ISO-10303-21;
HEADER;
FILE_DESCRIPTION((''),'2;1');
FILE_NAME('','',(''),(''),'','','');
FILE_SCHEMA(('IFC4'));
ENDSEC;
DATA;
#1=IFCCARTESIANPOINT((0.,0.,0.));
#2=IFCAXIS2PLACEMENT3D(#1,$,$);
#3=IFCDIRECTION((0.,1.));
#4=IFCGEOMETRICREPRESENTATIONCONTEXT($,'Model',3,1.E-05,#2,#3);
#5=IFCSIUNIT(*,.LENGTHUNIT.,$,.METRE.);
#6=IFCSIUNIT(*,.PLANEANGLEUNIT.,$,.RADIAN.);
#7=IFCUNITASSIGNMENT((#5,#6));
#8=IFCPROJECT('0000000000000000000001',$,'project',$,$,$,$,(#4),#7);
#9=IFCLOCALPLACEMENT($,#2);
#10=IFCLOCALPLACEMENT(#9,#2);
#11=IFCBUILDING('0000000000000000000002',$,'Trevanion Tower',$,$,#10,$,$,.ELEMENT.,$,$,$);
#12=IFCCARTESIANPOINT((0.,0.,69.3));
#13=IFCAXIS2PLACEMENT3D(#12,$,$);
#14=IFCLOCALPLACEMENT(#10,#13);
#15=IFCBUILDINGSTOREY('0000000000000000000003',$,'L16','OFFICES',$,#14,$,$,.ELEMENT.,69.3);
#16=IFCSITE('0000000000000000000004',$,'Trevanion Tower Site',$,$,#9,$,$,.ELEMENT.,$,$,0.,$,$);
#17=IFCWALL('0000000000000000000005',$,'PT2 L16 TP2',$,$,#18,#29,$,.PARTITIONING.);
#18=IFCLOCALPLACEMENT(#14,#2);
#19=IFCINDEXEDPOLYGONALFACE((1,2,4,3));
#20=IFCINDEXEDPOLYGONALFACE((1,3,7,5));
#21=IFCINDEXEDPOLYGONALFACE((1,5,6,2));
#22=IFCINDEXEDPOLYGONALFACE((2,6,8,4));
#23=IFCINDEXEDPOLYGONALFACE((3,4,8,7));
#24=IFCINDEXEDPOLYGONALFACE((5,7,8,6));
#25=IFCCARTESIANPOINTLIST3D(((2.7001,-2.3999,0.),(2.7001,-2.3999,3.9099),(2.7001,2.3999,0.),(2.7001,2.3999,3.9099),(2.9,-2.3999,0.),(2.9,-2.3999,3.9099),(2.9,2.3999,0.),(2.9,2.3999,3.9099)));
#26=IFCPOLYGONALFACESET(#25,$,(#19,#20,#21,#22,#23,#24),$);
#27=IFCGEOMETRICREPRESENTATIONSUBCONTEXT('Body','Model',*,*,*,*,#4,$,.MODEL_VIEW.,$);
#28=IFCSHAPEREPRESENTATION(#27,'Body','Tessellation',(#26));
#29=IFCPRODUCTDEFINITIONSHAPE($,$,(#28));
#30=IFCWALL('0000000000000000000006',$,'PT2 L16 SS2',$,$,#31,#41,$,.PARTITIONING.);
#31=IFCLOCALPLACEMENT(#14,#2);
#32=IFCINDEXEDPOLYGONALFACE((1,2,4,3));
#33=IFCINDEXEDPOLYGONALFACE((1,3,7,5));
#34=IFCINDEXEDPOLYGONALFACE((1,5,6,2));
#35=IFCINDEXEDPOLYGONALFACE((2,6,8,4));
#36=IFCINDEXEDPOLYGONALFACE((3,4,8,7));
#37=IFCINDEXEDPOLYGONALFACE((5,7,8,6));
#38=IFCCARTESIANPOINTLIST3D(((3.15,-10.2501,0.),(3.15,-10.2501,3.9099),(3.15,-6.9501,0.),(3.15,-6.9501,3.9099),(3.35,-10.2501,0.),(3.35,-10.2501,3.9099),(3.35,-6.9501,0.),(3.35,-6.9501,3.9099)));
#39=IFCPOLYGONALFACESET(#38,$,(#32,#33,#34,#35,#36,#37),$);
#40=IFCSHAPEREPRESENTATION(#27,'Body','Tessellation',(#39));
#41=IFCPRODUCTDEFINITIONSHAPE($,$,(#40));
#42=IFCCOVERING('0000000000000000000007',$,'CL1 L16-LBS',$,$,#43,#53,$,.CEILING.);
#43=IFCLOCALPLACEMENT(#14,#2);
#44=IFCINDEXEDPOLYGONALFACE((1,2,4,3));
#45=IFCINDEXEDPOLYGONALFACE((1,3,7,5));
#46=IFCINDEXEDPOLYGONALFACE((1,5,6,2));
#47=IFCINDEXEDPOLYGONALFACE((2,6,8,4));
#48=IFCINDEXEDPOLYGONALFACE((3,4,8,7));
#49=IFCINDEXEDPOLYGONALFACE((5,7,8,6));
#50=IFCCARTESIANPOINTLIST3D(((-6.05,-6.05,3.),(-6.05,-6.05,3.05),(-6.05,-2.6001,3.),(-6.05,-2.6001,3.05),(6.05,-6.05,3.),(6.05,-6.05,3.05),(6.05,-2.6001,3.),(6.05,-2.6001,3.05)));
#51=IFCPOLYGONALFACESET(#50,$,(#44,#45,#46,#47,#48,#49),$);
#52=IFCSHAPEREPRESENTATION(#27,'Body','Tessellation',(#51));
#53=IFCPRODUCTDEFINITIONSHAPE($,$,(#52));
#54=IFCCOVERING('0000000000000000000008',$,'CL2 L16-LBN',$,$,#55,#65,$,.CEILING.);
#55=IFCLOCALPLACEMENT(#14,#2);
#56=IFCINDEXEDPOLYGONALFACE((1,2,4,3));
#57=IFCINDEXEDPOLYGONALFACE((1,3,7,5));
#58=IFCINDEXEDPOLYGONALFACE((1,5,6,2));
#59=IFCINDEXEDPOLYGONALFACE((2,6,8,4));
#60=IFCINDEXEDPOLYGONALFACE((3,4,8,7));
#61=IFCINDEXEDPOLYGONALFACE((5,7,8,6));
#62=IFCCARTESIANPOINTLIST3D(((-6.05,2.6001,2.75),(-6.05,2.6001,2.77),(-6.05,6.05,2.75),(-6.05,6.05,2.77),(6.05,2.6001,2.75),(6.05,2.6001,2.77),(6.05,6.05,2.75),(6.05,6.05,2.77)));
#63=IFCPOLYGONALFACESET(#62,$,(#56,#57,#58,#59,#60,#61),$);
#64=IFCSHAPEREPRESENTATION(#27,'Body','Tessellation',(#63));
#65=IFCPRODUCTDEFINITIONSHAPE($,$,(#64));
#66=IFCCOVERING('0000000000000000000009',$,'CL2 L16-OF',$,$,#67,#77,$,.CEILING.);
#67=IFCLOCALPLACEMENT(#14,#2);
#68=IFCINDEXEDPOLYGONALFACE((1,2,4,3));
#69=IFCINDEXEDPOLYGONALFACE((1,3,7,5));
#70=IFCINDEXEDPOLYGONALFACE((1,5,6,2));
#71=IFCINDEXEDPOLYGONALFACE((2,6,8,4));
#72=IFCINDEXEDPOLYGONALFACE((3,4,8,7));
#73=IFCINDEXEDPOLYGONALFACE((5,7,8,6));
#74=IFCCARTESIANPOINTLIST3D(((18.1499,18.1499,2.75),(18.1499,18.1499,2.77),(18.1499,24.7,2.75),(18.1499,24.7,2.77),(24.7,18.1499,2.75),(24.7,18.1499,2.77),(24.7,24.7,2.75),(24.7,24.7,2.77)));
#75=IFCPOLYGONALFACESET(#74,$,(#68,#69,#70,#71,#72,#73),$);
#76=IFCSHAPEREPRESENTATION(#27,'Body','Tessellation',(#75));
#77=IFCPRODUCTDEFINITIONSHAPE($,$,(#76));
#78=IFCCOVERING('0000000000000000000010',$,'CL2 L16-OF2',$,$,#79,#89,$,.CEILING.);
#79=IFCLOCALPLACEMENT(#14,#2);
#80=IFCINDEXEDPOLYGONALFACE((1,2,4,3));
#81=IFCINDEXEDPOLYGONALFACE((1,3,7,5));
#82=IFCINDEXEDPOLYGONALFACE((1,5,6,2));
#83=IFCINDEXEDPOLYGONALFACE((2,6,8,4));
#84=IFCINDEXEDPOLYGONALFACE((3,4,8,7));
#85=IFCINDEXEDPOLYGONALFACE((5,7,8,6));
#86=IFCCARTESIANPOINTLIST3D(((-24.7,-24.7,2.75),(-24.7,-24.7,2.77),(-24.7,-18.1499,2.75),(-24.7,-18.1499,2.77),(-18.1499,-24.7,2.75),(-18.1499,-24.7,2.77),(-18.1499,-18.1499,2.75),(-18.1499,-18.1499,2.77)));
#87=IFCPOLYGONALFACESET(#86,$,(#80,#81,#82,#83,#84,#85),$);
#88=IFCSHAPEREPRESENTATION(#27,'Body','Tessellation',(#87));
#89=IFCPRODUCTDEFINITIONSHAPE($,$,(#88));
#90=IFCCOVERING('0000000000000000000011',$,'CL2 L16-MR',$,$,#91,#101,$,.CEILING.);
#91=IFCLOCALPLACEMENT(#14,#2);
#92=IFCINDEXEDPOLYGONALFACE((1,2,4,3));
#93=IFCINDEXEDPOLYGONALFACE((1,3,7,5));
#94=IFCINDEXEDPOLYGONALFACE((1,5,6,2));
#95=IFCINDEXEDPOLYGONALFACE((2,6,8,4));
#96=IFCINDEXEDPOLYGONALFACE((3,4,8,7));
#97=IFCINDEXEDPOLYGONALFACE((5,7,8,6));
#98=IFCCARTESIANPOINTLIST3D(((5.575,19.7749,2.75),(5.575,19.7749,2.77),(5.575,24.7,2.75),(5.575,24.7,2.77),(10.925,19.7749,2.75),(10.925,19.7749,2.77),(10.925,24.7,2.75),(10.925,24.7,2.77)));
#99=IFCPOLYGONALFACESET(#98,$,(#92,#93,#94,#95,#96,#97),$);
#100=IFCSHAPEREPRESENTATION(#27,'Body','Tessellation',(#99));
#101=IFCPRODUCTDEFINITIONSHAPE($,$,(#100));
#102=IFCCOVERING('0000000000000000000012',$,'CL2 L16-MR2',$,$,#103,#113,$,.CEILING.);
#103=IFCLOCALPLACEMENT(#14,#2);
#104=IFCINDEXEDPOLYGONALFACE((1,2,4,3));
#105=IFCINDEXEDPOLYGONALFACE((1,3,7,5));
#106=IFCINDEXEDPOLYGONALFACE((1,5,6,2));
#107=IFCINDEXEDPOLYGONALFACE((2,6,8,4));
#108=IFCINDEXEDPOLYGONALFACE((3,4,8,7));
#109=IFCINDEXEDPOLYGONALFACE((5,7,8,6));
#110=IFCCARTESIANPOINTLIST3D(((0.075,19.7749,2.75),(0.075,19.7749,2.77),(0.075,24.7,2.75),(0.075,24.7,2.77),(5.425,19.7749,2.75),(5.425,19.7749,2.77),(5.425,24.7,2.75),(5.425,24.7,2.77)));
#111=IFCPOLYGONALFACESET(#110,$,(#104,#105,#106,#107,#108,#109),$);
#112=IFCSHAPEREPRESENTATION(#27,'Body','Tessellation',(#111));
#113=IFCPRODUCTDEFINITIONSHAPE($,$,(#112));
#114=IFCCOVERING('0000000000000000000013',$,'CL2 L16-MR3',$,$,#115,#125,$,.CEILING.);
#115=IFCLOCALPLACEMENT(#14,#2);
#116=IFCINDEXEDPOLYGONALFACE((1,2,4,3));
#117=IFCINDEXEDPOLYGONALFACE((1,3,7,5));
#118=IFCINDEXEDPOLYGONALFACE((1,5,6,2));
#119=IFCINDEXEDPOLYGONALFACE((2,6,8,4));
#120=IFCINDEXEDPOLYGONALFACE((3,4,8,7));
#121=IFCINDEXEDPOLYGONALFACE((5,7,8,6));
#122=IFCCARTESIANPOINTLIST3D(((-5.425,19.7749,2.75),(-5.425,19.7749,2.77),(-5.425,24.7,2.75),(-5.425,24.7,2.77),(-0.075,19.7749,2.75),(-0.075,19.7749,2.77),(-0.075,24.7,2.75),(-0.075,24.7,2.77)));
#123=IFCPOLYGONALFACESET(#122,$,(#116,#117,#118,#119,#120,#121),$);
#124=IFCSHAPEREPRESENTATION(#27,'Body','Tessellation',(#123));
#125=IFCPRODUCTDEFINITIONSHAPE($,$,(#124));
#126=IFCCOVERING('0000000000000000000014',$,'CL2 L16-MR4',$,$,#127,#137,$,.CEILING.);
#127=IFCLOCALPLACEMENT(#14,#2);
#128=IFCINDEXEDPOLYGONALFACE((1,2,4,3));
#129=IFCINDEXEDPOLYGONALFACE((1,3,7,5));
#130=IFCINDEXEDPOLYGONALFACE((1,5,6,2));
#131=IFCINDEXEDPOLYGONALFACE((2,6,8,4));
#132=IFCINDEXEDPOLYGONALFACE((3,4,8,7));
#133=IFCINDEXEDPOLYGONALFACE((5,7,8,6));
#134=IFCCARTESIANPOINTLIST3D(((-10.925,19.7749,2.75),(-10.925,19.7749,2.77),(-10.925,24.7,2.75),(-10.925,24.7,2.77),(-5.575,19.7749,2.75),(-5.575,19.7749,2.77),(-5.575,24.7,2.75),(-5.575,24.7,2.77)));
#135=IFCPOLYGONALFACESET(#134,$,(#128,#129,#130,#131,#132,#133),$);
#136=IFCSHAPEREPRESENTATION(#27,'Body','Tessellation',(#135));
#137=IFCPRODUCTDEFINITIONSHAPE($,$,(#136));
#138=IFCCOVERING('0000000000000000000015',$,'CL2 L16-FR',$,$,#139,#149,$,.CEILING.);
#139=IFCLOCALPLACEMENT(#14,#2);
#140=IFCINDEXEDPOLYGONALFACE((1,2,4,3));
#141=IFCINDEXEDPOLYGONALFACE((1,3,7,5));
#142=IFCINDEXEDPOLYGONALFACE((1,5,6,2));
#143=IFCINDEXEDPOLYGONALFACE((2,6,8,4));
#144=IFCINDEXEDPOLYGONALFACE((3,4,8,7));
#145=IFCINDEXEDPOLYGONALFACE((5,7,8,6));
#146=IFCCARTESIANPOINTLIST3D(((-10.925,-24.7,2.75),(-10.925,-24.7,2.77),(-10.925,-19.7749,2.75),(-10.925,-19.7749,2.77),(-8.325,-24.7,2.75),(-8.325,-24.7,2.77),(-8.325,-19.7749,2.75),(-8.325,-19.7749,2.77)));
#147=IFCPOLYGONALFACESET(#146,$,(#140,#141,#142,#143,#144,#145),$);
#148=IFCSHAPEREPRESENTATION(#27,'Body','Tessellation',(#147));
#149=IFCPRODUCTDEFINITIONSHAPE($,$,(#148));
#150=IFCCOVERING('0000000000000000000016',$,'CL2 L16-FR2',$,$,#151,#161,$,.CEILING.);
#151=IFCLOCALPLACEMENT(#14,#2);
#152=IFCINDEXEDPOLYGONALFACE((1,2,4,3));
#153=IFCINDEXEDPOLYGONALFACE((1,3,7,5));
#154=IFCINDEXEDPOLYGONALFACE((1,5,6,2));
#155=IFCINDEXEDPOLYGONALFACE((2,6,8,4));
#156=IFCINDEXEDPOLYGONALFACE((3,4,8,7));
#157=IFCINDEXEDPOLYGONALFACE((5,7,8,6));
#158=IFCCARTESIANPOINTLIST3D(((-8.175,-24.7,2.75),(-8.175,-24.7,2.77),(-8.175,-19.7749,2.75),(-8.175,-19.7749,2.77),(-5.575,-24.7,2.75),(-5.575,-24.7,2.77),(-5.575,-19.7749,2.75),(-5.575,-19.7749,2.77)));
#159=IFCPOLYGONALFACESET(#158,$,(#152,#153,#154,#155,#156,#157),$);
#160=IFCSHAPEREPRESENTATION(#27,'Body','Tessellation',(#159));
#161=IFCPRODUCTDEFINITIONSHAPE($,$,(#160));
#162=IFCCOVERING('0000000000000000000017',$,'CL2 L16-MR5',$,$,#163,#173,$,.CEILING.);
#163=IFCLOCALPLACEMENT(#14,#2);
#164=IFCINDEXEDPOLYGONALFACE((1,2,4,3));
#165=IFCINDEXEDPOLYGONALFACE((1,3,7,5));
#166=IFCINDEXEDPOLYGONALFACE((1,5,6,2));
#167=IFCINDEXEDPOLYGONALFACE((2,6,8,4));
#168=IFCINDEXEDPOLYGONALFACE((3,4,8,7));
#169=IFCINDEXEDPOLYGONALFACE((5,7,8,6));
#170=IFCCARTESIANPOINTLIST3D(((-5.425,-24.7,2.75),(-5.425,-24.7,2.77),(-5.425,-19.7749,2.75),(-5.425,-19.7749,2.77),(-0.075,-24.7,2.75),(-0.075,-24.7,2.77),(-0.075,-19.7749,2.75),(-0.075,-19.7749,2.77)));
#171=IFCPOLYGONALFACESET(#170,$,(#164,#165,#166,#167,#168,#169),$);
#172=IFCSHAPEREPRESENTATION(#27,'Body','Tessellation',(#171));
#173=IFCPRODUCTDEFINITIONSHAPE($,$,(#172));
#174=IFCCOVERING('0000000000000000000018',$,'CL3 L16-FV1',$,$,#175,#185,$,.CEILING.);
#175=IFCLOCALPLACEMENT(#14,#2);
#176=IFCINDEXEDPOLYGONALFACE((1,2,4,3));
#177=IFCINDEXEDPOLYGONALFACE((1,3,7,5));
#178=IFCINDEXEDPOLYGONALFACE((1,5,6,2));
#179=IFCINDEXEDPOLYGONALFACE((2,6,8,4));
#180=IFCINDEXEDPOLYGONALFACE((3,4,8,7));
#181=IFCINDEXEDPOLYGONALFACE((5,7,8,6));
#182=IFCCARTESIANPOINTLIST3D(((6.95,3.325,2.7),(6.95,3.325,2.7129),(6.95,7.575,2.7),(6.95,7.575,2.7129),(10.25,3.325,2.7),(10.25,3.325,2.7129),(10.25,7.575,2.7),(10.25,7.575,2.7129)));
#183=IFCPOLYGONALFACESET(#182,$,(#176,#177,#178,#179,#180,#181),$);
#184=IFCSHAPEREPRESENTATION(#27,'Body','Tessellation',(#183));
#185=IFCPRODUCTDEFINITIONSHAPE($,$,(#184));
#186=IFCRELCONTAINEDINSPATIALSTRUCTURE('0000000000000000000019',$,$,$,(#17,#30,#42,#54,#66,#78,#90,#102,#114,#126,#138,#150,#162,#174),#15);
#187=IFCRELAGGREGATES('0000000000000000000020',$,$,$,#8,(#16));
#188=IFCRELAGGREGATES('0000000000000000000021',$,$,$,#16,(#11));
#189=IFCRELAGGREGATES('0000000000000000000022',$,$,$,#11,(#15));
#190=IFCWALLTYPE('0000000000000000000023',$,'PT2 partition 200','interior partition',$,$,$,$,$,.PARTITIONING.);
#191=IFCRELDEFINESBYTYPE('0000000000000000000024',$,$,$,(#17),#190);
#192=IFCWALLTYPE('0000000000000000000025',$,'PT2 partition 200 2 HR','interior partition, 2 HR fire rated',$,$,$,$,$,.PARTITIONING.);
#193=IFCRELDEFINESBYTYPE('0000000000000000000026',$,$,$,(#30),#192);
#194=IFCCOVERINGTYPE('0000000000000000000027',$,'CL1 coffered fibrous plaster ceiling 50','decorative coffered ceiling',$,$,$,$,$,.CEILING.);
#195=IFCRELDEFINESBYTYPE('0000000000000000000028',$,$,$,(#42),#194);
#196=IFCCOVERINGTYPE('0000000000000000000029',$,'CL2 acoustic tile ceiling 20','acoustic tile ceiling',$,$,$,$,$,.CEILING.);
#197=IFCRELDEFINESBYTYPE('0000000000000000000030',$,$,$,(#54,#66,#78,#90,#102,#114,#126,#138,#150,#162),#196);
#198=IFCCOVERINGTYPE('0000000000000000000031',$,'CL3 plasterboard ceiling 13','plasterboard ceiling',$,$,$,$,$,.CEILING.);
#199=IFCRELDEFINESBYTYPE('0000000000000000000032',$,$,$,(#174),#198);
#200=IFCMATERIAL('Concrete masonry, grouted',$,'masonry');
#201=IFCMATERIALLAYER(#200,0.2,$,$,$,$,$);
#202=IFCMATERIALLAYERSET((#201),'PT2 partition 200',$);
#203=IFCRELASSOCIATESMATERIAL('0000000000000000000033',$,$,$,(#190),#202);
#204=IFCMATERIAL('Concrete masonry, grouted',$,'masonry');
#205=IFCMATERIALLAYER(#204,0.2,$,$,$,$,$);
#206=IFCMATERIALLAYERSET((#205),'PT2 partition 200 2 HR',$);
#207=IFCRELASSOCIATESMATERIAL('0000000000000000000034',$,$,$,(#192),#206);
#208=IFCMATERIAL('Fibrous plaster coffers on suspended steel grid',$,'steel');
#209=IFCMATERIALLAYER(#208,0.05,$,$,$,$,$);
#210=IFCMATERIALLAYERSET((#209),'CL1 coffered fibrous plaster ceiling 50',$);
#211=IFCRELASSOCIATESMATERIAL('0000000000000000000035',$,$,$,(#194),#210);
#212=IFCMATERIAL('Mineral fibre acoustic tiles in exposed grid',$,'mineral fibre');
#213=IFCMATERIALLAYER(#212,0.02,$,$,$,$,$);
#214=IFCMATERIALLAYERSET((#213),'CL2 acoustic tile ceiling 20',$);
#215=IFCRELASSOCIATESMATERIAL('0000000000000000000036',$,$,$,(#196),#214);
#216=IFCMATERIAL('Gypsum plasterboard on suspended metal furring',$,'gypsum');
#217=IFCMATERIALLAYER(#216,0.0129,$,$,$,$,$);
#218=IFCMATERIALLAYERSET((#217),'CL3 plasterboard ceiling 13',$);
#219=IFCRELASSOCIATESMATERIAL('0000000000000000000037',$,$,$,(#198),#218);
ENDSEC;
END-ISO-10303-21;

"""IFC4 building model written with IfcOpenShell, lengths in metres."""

from ifc_helpers import new_model, si_unit, direction, frame, frame_2d, origin, place, context, subcontext, project, spatial, polyline, rectangle, outline, extrude, material, layer, layer_set, type_object, element, save


model = new_model("IFC4")

# Units and contexts
model_context = context("Model", 3, precision=1e-05, world=origin(), true_north=direction((0.0, 1.0)))
body_context = subcontext(model_context, "Body", "Model", "MODEL_VIEW")
ifc_project = project(units=[si_unit("LENGTHUNIT", "METRE"), si_unit("PLANEANGLEUNIT", "RADIAN")], contexts=[model_context])

# Site, building, storey
site_placement = place(None, origin())
site = spatial("IfcSite", under=ifc_project, at=site_placement, Name="Trevanion Tower Site", CompositionType="ELEMENT", RefElevation=0.0)
building_placement = place(site_placement, origin())
building = spatial("IfcBuilding", under=site, at=building_placement, Name="Trevanion Tower", CompositionType="ELEMENT")
storey_placement = place(building_placement, frame((0.0, 0.0, 69.3)))
storey = spatial("IfcBuildingStorey", under=building, at=storey_placement, Name="L16", Description="OFFICES", CompositionType="ELEMENT", Elevation=69.3)

# Walls
ifc_material_1 = material(Name="Concrete masonry, grouted", Category="masonry")
ifc_layer_1 = layer(ifc_material_1, 0.2)
ifc_layer_set_1 = layer_set([ifc_layer_1], Name="PT2 partition 200")
wall_type_1 = type_object("IfcWallType", Name="PT2 partition 200", Description="interior partition", PredefinedType="PARTITIONING", material=ifc_layer_set_1)
wall_1_placement = place(storey_placement, frame((2.8, -2.3999, 0.0), z_axis=(0.0, 0.0, 1.0), x_axis=(0.0, 1.0, 0.0)))
element("IfcWall", 1, at=wall_1_placement, inside=storey, type_object=wall_type_1, Name="PT2 L16 TP2", PredefinedType="PARTITIONING", context=body_context, shape_type="SweptSolid", body=[
    extrude(rectangle(XDim=4.7998, YDim=0.2, at=frame_2d((2.3999, 0.0))), origin(), (0.0, 0.0, 1.0), 3.9099),
])
ifc_material_2 = material(Name="Concrete masonry, grouted", Category="masonry")
ifc_layer_2 = layer(ifc_material_2, 0.2)
ifc_layer_set_2 = layer_set([ifc_layer_2], Name="PT2 partition 200 2 HR")
wall_type_2 = type_object("IfcWallType", Name="PT2 partition 200 2 HR", Description="interior partition, 2 HR fire rated", PredefinedType="PARTITIONING", material=ifc_layer_set_2)
wall_2_placement = place(storey_placement, frame((3.25, -10.25, 0.0), z_axis=(0.0, 0.0, 1.0), x_axis=(0.0, 1.0, 0.0)))
element("IfcWall", 2, at=wall_2_placement, inside=storey, type_object=wall_type_2, Name="PT2 L16 SS2", PredefinedType="PARTITIONING", context=body_context, shape_type="SweptSolid", body=[
    extrude(rectangle(XDim=3.3, YDim=0.2, at=frame_2d((1.6499, 0.0))), origin(), (0.0, 0.0, 1.0), 3.9099),
])

# Coverings
ifc_material_3 = material(Name="Fibrous plaster coffers on suspended steel grid", Category="steel")
ifc_layer_3 = layer(ifc_material_3, 0.05)
ifc_layer_set_3 = layer_set([ifc_layer_3], Name="CL1 coffered fibrous plaster ceiling 50")
covering_type_1 = type_object("IfcCoveringType", Name="CL1 coffered fibrous plaster ceiling 50", Description="decorative coffered ceiling", PredefinedType="CEILING", material=ifc_layer_set_3)
covering_1_placement = place(storey_placement, frame((0.0, 0.0, 3.0)))
element("IfcCovering", 3, at=covering_1_placement, inside=storey, type_object=covering_type_1, Name="CL1 L16-LBS", PredefinedType="CEILING", context=body_context, shape_type="SweptSolid", body=[
    extrude(outline(polyline([(6.05, -6.05), (6.05, -2.6001), (-6.05, -2.6001), (-6.05, -6.05), (6.05, -6.05)])), origin(), (0.0, 0.0, 1.0), 0.05),
])
ifc_material_4 = material(Name="Mineral fibre acoustic tiles in exposed grid", Category="mineral fibre")
ifc_layer_4 = layer(ifc_material_4, 0.02)
ifc_layer_set_4 = layer_set([ifc_layer_4], Name="CL2 acoustic tile ceiling 20")
covering_type_2 = type_object("IfcCoveringType", Name="CL2 acoustic tile ceiling 20", Description="acoustic tile ceiling", PredefinedType="CEILING", material=ifc_layer_set_4)
covering_2_placement = place(storey_placement, frame((0.0, 0.0, 2.75)))
element("IfcCovering", 4, at=covering_2_placement, inside=storey, type_object=covering_type_2, Name="CL2 L16-LBN", PredefinedType="CEILING", context=body_context, shape_type="SweptSolid", body=[
    extrude(outline(polyline([(6.05, 2.6001), (6.05, 6.05), (-6.05, 6.05), (-6.05, 2.6001), (6.05, 2.6001)])), origin(), (0.0, 0.0, 1.0), 0.02),
])
covering_3_placement = place(storey_placement, frame((0.0, 0.0, 2.75)))
element("IfcCovering", 5, at=covering_3_placement, inside=storey, type_object=covering_type_2, Name="CL2 L16-OF", PredefinedType="CEILING", context=body_context, shape_type="SweptSolid", body=[
    extrude(outline(polyline([(18.1499, 18.1499), (18.1499, 24.7), (24.7, 24.7), (24.7, 18.1499), (18.1499, 18.1499)])), origin(), (0.0, 0.0, 1.0), 0.02),
])
covering_4_placement = place(storey_placement, frame((0.0, 0.0, 2.75)))
element("IfcCovering", 6, at=covering_4_placement, inside=storey, type_object=covering_type_2, Name="CL2 L16-OF2", PredefinedType="CEILING", context=body_context, shape_type="SweptSolid", body=[
    extrude(outline(polyline([(-18.1499, -18.1499), (-18.1499, -24.7), (-24.7, -24.7), (-24.7, -18.1499), (-18.1499, -18.1499)])), origin(), (0.0, 0.0, 1.0), 0.02),
])
covering_5_placement = place(storey_placement, frame((0.0, 0.0, 2.75)))
element("IfcCovering", 7, at=covering_5_placement, inside=storey, type_object=covering_type_2, Name="CL2 L16-MR", PredefinedType="CEILING", context=body_context, shape_type="SweptSolid", body=[
    extrude(outline(polyline([(10.925, 19.7749), (5.575, 19.7749), (5.575, 24.7), (10.925, 24.7), (10.925, 19.7749)])), origin(), (0.0, 0.0, 1.0), 0.02),
])
covering_6_placement = place(storey_placement, frame((0.0, 0.0, 2.75)))
element("IfcCovering", 8, at=covering_6_placement, inside=storey, type_object=covering_type_2, Name="CL2 L16-MR2", PredefinedType="CEILING", context=body_context, shape_type="SweptSolid", body=[
    extrude(outline(polyline([(5.425, 19.7749), (0.075, 19.7749), (0.075, 24.7), (5.425, 24.7), (5.425, 19.7749)])), origin(), (0.0, 0.0, 1.0), 0.02),
])
covering_7_placement = place(storey_placement, frame((0.0, 0.0, 2.75)))
element("IfcCovering", 9, at=covering_7_placement, inside=storey, type_object=covering_type_2, Name="CL2 L16-MR3", PredefinedType="CEILING", context=body_context, shape_type="SweptSolid", body=[
    extrude(outline(polyline([(-0.075, 19.7749), (-5.425, 19.7749), (-5.425, 24.7), (-0.075, 24.7), (-0.075, 19.7749)])), origin(), (0.0, 0.0, 1.0), 0.02),
])
covering_8_placement = place(storey_placement, frame((0.0, 0.0, 2.75)))
element("IfcCovering", 10, at=covering_8_placement, inside=storey, type_object=covering_type_2, Name="CL2 L16-MR4", PredefinedType="CEILING", context=body_context, shape_type="SweptSolid", body=[
    extrude(outline(polyline([(-5.575, 19.7749), (-10.925, 19.7749), (-10.925, 24.7), (-5.575, 24.7), (-5.575, 19.7749)])), origin(), (0.0, 0.0, 1.0), 0.02),
])
covering_9_placement = place(storey_placement, frame((0.0, 0.0, 2.75)))
element("IfcCovering", 11, at=covering_9_placement, inside=storey, type_object=covering_type_2, Name="CL2 L16-FR", PredefinedType="CEILING", context=body_context, shape_type="SweptSolid", body=[
    extrude(outline(polyline([(-10.925, -19.7749), (-8.325, -19.7749), (-8.325, -24.7), (-10.925, -24.7), (-10.925, -19.7749)])), origin(), (0.0, 0.0, 1.0), 0.02),
])
covering_10_placement = place(storey_placement, frame((0.0, 0.0, 2.75)))
element("IfcCovering", 12, at=covering_10_placement, inside=storey, type_object=covering_type_2, Name="CL2 L16-FR2", PredefinedType="CEILING", context=body_context, shape_type="SweptSolid", body=[
    extrude(outline(polyline([(-8.175, -19.7749), (-5.575, -19.7749), (-5.575, -24.7), (-8.175, -24.7), (-8.175, -19.7749)])), origin(), (0.0, 0.0, 1.0), 0.02),
])
covering_11_placement = place(storey_placement, frame((0.0, 0.0, 2.75)))
element("IfcCovering", 13, at=covering_11_placement, inside=storey, type_object=covering_type_2, Name="CL2 L16-MR5", PredefinedType="CEILING", context=body_context, shape_type="SweptSolid", body=[
    extrude(outline(polyline([(-5.425, -19.7749), (-0.075, -19.7749), (-0.075, -24.7), (-5.425, -24.7), (-5.425, -19.7749)])), origin(), (0.0, 0.0, 1.0), 0.02),
])
ifc_material_5 = material(Name="Gypsum plasterboard on suspended metal furring", Category="gypsum")
ifc_layer_5 = layer(ifc_material_5, 0.0129)
ifc_layer_set_5 = layer_set([ifc_layer_5], Name="CL3 plasterboard ceiling 13")
covering_type_3 = type_object("IfcCoveringType", Name="CL3 plasterboard ceiling 13", Description="plasterboard ceiling", PredefinedType="CEILING", material=ifc_layer_set_5)
covering_12_placement = place(storey_placement, frame((0.0, 0.0, 2.7)))
element("IfcCovering", 14, at=covering_12_placement, inside=storey, type_object=covering_type_3, Name="CL3 L16-FV1", PredefinedType="CEILING", context=body_context, shape_type="SweptSolid", body=[
    extrude(outline(polyline([(10.25, 3.325), (10.25, 7.575), (6.95, 7.575), (6.95, 3.325), (10.25, 3.325)])), origin(), (0.0, 0.0, 1.0), 0.0129),
])

save(model, "model.ifc")
